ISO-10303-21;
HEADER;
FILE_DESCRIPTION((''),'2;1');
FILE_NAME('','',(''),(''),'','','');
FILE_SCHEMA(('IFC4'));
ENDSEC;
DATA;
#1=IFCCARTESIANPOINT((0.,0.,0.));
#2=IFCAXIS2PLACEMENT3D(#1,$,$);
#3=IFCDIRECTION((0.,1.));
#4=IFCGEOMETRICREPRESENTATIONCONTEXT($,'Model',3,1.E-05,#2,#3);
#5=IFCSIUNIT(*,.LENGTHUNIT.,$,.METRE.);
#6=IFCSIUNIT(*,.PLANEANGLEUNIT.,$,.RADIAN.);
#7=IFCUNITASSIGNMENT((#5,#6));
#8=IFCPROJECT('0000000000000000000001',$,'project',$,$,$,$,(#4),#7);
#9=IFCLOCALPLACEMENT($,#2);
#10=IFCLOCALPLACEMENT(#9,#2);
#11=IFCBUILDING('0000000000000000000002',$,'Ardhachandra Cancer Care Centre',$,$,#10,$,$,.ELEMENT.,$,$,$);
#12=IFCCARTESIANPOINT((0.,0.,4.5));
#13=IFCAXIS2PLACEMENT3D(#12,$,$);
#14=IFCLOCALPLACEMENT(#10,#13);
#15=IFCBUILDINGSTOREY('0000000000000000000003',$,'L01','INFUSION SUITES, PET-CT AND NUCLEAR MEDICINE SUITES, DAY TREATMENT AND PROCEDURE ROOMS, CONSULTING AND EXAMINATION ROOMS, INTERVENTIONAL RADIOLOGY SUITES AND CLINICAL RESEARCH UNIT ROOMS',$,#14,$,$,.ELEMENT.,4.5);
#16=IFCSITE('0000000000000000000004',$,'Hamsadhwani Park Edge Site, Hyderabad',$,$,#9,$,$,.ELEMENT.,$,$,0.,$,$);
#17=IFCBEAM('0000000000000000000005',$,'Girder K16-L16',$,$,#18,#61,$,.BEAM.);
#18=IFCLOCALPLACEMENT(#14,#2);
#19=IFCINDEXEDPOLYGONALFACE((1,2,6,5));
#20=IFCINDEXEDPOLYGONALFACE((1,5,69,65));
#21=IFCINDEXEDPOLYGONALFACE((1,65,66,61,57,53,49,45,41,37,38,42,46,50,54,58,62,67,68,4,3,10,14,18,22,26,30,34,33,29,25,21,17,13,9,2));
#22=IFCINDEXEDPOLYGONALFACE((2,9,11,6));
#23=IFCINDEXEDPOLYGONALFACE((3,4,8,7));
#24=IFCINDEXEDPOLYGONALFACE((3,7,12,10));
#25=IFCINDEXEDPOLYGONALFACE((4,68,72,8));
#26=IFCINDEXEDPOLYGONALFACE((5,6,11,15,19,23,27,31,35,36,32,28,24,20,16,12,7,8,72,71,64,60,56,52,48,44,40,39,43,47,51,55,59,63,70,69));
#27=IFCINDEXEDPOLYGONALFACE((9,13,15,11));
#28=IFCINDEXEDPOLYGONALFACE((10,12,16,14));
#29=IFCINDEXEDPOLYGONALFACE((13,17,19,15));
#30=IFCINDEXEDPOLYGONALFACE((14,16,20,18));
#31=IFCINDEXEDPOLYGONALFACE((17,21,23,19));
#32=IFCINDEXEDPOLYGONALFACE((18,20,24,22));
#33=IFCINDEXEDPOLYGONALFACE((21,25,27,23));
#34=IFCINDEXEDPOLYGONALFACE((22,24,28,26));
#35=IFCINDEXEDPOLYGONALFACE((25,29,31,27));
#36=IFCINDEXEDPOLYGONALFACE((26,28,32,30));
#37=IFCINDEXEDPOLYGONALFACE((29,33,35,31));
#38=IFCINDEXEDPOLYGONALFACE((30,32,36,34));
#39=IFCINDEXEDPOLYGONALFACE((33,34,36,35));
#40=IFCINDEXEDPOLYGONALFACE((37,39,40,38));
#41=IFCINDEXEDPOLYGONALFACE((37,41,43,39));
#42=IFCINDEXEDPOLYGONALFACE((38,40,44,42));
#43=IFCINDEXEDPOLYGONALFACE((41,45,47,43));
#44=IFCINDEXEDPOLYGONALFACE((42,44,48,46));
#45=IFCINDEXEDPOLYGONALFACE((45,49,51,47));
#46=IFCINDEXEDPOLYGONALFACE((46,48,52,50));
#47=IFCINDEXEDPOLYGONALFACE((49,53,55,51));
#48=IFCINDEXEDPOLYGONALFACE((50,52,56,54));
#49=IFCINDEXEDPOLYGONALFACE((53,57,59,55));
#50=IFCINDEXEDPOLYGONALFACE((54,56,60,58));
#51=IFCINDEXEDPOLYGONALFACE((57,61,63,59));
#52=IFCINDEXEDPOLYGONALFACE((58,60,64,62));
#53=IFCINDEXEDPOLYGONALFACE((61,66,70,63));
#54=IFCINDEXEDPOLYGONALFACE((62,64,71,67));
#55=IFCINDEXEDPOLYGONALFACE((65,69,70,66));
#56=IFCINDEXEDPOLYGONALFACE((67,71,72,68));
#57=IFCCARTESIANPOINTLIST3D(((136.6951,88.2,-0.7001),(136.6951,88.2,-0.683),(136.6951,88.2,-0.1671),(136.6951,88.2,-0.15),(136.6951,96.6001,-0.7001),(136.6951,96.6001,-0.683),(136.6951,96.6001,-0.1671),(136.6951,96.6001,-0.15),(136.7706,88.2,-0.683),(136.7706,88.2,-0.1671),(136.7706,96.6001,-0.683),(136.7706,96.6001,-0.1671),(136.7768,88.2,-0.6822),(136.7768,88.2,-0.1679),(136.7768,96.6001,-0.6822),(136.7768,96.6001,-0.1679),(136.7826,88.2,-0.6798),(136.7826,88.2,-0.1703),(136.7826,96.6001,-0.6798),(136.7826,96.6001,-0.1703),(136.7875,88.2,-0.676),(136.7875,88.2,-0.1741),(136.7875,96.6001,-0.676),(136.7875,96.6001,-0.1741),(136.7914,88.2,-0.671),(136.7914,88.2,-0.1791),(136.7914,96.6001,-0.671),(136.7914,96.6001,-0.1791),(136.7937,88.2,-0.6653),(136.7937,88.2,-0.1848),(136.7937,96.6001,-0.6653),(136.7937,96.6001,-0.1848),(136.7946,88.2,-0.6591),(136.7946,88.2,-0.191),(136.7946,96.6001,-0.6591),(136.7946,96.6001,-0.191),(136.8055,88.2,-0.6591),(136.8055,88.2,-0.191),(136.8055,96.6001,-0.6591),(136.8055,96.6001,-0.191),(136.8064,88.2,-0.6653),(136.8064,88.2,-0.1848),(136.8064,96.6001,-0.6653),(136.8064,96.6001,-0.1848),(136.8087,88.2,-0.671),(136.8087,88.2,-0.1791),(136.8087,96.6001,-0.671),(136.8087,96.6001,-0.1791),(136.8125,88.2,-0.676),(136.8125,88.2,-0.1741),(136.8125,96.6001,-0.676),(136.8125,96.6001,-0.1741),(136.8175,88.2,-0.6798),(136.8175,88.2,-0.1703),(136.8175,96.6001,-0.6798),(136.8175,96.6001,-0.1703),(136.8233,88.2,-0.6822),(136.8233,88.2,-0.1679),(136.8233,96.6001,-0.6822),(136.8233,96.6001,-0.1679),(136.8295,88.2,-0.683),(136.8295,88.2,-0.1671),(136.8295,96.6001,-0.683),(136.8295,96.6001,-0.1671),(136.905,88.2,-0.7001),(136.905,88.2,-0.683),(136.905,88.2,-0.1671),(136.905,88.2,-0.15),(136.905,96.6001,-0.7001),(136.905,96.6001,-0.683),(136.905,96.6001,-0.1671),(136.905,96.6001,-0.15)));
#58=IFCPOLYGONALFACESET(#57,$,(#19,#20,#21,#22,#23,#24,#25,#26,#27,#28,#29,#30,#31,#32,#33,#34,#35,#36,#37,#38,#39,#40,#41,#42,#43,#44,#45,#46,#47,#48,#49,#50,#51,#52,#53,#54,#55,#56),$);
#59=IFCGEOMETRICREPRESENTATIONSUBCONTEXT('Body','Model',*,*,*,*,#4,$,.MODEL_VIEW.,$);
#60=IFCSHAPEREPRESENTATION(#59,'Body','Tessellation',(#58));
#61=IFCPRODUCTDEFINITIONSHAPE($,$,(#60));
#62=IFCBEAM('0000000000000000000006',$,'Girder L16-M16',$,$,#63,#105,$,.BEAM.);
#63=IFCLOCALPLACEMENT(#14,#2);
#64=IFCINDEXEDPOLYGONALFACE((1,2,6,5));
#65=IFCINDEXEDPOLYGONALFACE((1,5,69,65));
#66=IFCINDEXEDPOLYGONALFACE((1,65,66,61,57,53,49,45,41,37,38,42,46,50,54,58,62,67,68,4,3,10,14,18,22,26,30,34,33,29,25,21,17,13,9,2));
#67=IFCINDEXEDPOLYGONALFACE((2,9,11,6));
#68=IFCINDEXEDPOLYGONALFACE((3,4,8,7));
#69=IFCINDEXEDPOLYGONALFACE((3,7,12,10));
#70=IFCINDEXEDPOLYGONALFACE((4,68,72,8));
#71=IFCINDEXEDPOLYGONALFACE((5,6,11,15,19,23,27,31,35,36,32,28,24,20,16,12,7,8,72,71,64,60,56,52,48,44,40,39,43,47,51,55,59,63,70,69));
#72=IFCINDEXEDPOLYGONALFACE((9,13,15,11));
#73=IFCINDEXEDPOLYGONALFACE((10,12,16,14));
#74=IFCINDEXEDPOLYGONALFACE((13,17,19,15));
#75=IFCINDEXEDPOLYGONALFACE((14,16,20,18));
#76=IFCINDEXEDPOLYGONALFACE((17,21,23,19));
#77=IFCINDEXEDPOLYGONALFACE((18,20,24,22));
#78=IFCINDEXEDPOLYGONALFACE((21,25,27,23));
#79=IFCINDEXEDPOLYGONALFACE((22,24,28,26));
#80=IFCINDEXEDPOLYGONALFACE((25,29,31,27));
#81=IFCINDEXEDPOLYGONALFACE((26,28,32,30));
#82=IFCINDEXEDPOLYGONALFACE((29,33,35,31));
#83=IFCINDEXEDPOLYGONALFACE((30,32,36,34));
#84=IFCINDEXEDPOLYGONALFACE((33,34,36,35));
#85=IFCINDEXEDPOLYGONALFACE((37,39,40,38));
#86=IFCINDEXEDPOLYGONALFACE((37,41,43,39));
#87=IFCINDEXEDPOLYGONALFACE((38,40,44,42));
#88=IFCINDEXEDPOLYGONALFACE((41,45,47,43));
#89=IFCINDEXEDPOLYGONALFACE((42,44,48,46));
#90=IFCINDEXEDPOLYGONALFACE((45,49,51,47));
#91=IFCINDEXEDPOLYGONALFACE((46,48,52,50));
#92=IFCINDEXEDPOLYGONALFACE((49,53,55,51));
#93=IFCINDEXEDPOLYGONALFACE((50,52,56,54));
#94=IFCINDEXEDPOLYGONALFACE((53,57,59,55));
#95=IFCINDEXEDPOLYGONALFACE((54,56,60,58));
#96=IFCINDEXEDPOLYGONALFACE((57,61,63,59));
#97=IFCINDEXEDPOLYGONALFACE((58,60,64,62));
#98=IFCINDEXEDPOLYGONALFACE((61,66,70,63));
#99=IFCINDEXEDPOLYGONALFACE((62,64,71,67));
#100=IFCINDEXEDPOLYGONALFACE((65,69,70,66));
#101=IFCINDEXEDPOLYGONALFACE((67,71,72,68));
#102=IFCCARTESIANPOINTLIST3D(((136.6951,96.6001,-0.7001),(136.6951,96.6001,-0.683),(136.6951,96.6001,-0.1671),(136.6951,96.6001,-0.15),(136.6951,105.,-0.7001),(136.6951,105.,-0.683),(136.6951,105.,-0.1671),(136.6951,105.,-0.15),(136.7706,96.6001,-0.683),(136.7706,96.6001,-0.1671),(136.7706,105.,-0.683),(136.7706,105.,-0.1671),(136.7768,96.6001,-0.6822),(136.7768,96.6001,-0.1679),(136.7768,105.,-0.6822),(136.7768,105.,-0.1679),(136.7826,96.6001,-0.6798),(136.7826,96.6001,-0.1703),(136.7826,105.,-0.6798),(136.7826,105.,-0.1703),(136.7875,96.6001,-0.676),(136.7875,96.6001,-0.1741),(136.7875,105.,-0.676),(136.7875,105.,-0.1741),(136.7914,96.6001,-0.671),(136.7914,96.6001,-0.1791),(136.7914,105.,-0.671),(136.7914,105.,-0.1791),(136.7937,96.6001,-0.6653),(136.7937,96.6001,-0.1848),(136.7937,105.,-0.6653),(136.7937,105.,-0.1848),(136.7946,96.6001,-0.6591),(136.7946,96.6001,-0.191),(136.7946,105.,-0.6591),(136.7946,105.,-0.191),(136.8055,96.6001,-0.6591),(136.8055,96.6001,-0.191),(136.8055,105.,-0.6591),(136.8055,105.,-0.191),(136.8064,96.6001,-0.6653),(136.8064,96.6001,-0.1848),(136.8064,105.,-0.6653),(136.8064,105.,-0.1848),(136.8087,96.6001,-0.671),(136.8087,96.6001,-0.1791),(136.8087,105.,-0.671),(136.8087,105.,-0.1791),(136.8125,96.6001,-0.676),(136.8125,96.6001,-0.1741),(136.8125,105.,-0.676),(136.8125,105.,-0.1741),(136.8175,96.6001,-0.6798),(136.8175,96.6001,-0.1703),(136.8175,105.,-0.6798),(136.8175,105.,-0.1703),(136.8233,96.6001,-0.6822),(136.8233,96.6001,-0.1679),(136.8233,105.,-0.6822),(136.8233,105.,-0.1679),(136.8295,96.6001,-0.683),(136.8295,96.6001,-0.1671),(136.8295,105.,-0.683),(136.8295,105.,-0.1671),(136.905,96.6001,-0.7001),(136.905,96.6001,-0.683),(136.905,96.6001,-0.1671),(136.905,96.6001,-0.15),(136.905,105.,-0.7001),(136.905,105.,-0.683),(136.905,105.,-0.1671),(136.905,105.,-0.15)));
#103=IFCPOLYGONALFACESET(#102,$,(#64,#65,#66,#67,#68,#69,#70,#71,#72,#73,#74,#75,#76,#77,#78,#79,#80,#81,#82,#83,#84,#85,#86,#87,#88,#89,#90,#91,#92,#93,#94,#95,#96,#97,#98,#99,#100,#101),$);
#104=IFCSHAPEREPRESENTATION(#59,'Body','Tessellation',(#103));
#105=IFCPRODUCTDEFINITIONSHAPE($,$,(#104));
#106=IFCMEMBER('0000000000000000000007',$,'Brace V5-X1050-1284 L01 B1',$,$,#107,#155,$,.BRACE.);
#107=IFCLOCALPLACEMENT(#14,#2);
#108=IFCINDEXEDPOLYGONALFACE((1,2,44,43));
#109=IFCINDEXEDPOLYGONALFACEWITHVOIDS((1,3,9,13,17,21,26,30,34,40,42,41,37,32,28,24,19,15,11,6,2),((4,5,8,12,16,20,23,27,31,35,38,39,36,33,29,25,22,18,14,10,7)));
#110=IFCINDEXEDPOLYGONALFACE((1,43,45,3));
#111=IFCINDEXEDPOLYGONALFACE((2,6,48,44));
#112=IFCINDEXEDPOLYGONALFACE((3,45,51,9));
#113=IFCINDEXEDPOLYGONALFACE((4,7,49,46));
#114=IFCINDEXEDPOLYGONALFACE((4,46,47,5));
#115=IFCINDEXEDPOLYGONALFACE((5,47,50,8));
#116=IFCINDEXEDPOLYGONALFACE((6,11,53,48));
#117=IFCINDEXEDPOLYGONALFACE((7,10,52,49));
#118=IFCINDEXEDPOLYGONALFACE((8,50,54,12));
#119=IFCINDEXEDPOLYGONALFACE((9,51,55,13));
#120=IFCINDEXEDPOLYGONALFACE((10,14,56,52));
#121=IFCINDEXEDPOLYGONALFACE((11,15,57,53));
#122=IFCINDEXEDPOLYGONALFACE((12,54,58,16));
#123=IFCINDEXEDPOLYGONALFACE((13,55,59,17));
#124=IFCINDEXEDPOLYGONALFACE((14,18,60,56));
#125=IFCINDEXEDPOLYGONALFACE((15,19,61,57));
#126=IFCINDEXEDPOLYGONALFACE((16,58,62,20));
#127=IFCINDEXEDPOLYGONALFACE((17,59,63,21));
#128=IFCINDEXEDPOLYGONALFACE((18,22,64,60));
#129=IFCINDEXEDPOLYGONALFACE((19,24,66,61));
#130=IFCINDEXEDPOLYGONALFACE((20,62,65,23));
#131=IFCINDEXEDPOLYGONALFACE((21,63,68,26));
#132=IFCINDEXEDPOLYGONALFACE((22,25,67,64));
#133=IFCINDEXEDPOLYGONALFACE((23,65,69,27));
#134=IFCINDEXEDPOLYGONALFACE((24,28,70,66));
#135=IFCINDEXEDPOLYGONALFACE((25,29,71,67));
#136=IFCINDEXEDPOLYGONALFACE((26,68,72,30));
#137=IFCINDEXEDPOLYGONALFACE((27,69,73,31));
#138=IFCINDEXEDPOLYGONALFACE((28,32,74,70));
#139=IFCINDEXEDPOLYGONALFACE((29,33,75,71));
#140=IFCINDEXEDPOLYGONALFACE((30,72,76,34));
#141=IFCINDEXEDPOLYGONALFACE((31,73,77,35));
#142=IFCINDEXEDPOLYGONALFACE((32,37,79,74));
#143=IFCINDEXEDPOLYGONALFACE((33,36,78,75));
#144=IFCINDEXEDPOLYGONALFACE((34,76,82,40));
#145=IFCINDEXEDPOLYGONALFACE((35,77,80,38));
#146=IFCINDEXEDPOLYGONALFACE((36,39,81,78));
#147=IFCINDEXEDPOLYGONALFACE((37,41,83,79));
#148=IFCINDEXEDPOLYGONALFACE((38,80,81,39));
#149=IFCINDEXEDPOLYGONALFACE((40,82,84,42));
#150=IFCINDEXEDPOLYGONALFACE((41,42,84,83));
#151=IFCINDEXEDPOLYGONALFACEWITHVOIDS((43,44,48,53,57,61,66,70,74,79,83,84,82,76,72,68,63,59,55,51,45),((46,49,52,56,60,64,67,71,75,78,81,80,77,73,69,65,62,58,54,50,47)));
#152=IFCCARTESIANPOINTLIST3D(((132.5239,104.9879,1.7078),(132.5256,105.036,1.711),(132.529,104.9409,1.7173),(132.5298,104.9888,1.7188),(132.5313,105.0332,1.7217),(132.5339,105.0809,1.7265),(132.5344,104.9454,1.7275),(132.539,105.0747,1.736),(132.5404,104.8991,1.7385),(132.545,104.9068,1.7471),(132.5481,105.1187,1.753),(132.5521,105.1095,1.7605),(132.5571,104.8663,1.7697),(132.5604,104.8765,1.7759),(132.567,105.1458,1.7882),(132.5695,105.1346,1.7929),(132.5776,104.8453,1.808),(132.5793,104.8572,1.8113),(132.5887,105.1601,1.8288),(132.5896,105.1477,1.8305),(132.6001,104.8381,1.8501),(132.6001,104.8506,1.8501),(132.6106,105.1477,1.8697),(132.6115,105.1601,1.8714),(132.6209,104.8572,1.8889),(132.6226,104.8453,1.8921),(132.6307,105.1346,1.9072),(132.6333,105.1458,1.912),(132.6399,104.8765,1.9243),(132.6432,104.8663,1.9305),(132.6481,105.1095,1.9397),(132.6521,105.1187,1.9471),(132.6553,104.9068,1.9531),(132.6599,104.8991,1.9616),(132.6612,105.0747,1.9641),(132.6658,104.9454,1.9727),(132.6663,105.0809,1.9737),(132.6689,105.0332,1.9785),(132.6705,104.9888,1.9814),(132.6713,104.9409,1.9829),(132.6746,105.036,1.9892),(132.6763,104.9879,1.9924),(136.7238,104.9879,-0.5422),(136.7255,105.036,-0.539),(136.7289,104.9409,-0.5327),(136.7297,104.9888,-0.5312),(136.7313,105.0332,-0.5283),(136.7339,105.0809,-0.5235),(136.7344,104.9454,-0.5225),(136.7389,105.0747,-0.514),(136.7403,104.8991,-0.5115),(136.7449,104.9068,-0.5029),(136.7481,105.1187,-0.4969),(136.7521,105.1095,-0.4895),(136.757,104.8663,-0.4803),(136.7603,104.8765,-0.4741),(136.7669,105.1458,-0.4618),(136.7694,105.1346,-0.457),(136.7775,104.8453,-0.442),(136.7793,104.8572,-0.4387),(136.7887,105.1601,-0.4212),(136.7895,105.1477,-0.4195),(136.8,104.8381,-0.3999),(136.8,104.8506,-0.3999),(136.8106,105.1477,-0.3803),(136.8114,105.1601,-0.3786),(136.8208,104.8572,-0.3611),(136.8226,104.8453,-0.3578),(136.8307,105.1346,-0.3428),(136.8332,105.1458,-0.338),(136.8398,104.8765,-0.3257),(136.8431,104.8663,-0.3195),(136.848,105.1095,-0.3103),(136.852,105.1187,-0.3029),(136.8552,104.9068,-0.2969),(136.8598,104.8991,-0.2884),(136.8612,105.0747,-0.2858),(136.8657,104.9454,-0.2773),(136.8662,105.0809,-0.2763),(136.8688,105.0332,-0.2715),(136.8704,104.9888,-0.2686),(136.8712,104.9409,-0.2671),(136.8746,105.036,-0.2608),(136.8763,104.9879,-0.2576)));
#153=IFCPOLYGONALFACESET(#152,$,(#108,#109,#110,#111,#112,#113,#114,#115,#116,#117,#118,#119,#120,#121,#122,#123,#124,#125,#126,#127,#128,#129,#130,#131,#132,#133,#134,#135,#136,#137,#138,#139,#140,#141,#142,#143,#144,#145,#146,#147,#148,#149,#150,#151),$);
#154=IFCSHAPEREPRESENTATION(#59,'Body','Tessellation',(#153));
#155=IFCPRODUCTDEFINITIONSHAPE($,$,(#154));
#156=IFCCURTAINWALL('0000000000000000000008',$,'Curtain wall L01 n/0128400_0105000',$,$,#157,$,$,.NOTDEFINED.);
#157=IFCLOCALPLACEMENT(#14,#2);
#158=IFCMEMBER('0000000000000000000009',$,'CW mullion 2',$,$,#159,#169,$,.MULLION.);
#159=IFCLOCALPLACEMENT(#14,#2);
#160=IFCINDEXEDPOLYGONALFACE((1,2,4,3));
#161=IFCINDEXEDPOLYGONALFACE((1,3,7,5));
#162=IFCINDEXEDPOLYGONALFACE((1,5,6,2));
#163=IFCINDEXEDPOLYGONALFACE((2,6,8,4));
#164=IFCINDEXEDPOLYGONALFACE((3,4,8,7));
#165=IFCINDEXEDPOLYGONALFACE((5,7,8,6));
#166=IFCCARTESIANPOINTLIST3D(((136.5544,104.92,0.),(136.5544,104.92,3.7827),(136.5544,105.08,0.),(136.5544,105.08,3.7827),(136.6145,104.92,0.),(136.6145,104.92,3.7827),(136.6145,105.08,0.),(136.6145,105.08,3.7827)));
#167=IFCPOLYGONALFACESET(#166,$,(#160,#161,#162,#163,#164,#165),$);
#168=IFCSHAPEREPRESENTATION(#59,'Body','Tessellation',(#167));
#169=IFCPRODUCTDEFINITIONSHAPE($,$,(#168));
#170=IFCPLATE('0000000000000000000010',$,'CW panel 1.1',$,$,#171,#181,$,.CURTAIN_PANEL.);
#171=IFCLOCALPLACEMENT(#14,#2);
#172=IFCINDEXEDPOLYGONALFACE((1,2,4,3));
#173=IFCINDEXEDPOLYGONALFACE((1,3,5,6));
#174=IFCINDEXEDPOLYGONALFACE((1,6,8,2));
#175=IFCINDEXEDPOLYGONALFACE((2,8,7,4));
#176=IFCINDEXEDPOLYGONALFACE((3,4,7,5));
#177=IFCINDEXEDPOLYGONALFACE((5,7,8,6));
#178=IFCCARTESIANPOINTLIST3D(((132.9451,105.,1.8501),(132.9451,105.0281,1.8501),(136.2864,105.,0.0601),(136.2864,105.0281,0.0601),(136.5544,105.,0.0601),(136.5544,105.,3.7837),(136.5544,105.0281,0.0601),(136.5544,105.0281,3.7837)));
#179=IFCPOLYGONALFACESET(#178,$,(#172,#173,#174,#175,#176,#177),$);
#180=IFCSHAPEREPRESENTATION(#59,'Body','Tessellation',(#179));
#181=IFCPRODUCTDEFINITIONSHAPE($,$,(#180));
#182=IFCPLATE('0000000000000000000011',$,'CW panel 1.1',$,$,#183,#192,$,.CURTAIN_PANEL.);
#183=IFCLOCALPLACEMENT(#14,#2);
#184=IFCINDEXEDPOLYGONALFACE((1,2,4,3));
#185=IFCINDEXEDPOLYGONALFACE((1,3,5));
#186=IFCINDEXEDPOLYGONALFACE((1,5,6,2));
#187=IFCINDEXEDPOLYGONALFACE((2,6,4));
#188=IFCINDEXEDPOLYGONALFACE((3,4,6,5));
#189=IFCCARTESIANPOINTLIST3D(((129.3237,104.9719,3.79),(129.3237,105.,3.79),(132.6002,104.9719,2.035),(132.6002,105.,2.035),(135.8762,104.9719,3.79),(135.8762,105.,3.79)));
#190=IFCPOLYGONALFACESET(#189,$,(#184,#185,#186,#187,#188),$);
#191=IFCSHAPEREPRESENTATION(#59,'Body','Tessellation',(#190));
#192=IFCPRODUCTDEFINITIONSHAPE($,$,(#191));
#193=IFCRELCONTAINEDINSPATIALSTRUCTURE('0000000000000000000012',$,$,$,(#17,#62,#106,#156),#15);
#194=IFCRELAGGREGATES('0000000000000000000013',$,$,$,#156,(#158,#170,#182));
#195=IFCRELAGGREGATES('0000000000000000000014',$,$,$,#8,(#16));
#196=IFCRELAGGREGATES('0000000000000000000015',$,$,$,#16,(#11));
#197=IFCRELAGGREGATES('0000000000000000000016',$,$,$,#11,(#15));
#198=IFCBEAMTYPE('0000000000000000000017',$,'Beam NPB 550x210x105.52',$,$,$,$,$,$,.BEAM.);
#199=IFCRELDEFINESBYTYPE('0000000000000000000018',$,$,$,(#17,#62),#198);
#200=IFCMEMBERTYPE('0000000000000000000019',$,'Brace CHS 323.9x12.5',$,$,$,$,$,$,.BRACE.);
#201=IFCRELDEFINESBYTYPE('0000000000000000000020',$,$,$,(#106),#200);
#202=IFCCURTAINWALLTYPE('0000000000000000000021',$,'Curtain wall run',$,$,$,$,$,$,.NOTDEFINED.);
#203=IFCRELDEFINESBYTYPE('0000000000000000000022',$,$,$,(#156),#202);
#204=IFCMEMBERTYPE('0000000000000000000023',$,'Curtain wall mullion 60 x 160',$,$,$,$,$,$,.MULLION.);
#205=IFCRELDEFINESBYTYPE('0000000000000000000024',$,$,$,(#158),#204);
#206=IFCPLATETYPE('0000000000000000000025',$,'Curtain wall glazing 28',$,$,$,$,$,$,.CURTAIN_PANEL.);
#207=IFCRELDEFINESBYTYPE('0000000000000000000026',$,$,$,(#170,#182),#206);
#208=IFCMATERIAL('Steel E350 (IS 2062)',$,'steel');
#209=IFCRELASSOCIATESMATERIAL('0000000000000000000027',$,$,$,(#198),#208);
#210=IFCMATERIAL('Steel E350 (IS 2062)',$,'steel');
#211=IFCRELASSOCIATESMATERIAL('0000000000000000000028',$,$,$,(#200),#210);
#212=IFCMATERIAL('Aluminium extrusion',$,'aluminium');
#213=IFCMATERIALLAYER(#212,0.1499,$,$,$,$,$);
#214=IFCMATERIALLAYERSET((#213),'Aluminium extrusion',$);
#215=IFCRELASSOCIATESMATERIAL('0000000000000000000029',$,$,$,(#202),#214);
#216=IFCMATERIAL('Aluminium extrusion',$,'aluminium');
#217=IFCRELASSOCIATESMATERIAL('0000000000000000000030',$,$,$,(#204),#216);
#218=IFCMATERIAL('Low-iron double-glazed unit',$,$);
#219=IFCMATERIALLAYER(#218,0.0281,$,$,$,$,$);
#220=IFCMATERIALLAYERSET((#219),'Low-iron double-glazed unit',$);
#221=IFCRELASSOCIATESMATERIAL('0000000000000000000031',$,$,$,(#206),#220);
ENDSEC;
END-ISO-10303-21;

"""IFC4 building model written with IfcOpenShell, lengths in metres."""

from ifc_helpers import new_model, si_unit, direction, frame, origin, origin_2d, place, context, subcontext, project, spatial, polyline, rectangle, hollow_circle, i_section, outline, extrude, material, layer, layer_set, material_profile, profile_set, type_object, element, aggregate, save


model = new_model("IFC4")

# Units and contexts
model_context = context("Model", 3, precision=1e-05, world=origin(), true_north=direction((0.0, 1.0)))
body_context = subcontext(model_context, "Body", "Model", "MODEL_VIEW")
ifc_project = project(units=[si_unit("LENGTHUNIT", "METRE"), si_unit("PLANEANGLEUNIT", "RADIAN")], contexts=[model_context])

# Site, building, storey
site_placement = place(None, origin())
site = spatial("IfcSite", under=ifc_project, at=site_placement, Name="Hamsadhwani Park Edge Site, Hyderabad", CompositionType="ELEMENT", RefElevation=0.0)
building_placement = place(site_placement, origin())
building = spatial("IfcBuilding", under=site, at=building_placement, Name="Ardhachandra Cancer Care Centre", CompositionType="ELEMENT")
storey_placement = place(building_placement, frame((0.0, 0.0, 4.5)))
storey = spatial("IfcBuildingStorey", under=building, at=storey_placement, Name="L01", Description="INFUSION SUITES, PET-CT AND NUCLEAR MEDICINE SUITES, DAY TREATMENT AND PROCEDURE ROOMS, CONSULTING AND EXAMINATION ROOMS, INTERVENTIONAL RADIOLOGY SUITES AND CLINICAL RESEARCH UNIT ROOMS", CompositionType="ELEMENT", Elevation=4.5)

# Beams
ifc_material_1 = material(Name="Steel E350 (IS 2062)", Category="steel")
ifc_material_profile_1 = material_profile(ifc_material_1, i_section(OverallWidth=0.21, OverallDepth=0.55, WebThickness=0.011, FlangeThickness=0.0171, FilletRadius=0.0239, at=origin_2d()), Name="NPB 550x210x105.52")
ifc_profile_set_1 = profile_set([ifc_material_profile_1], Name="Steel E350 (IS 2062)")
beam_type_1 = type_object("IfcBeamType", Name="Beam NPB 550x210x105.52", PredefinedType="BEAM", material=ifc_profile_set_1)
beam_1_placement = place(storey_placement, frame((136.8, 88.2, -0.425), z_axis=(0.0, 1.0, 0.0), x_axis=(-1.0, 0.0, 0.0)))
element("IfcBeam", 1, at=beam_1_placement, inside=storey, type_object=beam_type_1, Name="Girder K16-L16", PredefinedType="BEAM", context=body_context, shape_type="SweptSolid", body=[
    extrude(i_section(OverallWidth=0.21, OverallDepth=0.55, WebThickness=0.011, FlangeThickness=0.0171, FilletRadius=0.0239, at=origin_2d()), origin(), (0.0, 0.0, 1.0), 8.4001),
])
beam_2_placement = place(storey_placement, frame((136.8, 96.6001, -0.425), z_axis=(0.0, 1.0, 0.0), x_axis=(-1.0, 0.0, 0.0)))
element("IfcBeam", 2, at=beam_2_placement, inside=storey, type_object=beam_type_1, Name="Girder L16-M16", PredefinedType="BEAM", context=body_context, shape_type="SweptSolid", body=[
    extrude(i_section(OverallWidth=0.21, OverallDepth=0.55, WebThickness=0.011, FlangeThickness=0.0171, FilletRadius=0.0239, at=origin_2d()), origin(), (0.0, 0.0, 1.0), 8.3999),
])

# Member
ifc_material_2 = material(Name="Steel E350 (IS 2062)", Category="steel")
ifc_material_profile_2 = material_profile(ifc_material_2, hollow_circle(Radius=0.1619, WallThickness=0.0125, at=origin_2d()), Name="CHS 323.9x12.5")
ifc_profile_set_2 = profile_set([ifc_material_profile_2], Name="Steel E350 (IS 2062)")
member_type_1 = type_object("IfcMemberType", Name="Brace CHS 323.9x12.5", PredefinedType="BRACE", material=ifc_profile_set_2)
member_1_placement = place(storey_placement, frame((136.8, 105.0, -0.3999), z_axis=(-0.881478, 0.0, 0.472226), x_axis=(0.0, -1.0, 0.0)))
element("IfcMember", 3, at=member_1_placement, inside=storey, type_object=member_type_1, Name="Brace V5-X1050-1284 L01 B1", PredefinedType="BRACE", context=body_context, shape_type="SweptSolid", body=[
    extrude(hollow_circle(Radius=0.1619, WallThickness=0.0125, at=origin_2d()), origin(), (0.0, 0.0, 1.0), 4.7646),
])

# Curtain wall, member, plates
ifc_material_3 = material(Name="Aluminium extrusion", Category="aluminium")
ifc_layer_1 = layer(ifc_material_3, 0.1499)
ifc_layer_set_1 = layer_set([ifc_layer_1], Name="Aluminium extrusion")
curtain_wall_type = type_object("IfcCurtainWallType", Name="Curtain wall run", PredefinedType="NOTDEFINED", material=ifc_layer_set_1)
curtain_wall_placement = place(storey_placement, origin())
curtain_wall = element("IfcCurtainWall", 4, at=curtain_wall_placement, inside=storey, type_object=curtain_wall_type, Name="Curtain wall L01 n/0128400_0105000", PredefinedType="NOTDEFINED")
ifc_material_4 = material(Name="Aluminium extrusion", Category="aluminium")
ifc_material_profile_3 = material_profile(ifc_material_4, rectangle(XDim=0.1599, YDim=0.0601, at=origin_2d()), Name="Curtain wall mullion 60 x 160")
ifc_profile_set_3 = profile_set([ifc_material_profile_3], Name="Aluminium extrusion")
member_type_2 = type_object("IfcMemberType", Name="Curtain wall mullion 60 x 160", PredefinedType="MULLION", material=ifc_profile_set_3)
member_2_placement = place(storey_placement, frame((136.5845, 105.0, 0.0), z_axis=(0.0, 0.0, 1.0), x_axis=(0.0, 1.0, 0.0)))
member_2 = element("IfcMember", 5, at=member_2_placement, type_object=member_type_2, Name="CW mullion 2", PredefinedType="MULLION", context=body_context, shape_type="SweptSolid", body=[
    extrude(rectangle(XDim=0.1599, YDim=0.0601, at=origin_2d()), origin(), (0.0, 0.0, 1.0), 3.7827),
])
ifc_material_5 = material(Name="Low-iron double-glazed unit")
ifc_layer_2 = layer(ifc_material_5, 0.0281)
ifc_layer_set_2 = layer_set([ifc_layer_2], Name="Low-iron double-glazed unit")
plate_type = type_object("IfcPlateType", Name="Curtain wall glazing 28", PredefinedType="CURTAIN_PANEL", material=ifc_layer_set_2)
plate_1_placement = place(storey_placement, frame((136.5544, 105.0, 0.0601), z_axis=(0.0, 1.0, 0.0), x_axis=(-1.0, 0.0, 0.0)))
plate_1 = element("IfcPlate", 6, at=plate_1_placement, type_object=plate_type, Name="CW panel 1.1", PredefinedType="CURTAIN_PANEL", context=body_context, shape_type="SweptSolid", body=[
    extrude(outline(polyline([(0.0, 0.0), (0.2681, 0.0), (3.6094, 1.79), (0.0, 3.7236), (0.0, 0.0)])), origin(), (0.0, 0.0, 1.0), 0.0281),
])
plate_2_placement = place(storey_placement, frame((135.8762, 105.0, 3.79), z_axis=(0.0, 1.0, 0.0), x_axis=(-0.881473, 0.0, -0.472234)))
plate_2 = element("IfcPlate", 7, at=plate_2_placement, type_object=plate_type, Name="CW panel 1.1", PredefinedType="CURTAIN_PANEL", context=body_context, shape_type="SweptSolid", body=[
    extrude(outline(polyline([(0.0, 0.0), (3.7166, 0.0), (5.7759, 3.0942), (0.0, 0.0)])), frame((0.0, 0.0, -0.0281)), (0.0, 0.0, 1.0), 0.0281),
])
aggregate(curtain_wall, [member_2, plate_1, plate_2])

save(model, "model.ifc")
